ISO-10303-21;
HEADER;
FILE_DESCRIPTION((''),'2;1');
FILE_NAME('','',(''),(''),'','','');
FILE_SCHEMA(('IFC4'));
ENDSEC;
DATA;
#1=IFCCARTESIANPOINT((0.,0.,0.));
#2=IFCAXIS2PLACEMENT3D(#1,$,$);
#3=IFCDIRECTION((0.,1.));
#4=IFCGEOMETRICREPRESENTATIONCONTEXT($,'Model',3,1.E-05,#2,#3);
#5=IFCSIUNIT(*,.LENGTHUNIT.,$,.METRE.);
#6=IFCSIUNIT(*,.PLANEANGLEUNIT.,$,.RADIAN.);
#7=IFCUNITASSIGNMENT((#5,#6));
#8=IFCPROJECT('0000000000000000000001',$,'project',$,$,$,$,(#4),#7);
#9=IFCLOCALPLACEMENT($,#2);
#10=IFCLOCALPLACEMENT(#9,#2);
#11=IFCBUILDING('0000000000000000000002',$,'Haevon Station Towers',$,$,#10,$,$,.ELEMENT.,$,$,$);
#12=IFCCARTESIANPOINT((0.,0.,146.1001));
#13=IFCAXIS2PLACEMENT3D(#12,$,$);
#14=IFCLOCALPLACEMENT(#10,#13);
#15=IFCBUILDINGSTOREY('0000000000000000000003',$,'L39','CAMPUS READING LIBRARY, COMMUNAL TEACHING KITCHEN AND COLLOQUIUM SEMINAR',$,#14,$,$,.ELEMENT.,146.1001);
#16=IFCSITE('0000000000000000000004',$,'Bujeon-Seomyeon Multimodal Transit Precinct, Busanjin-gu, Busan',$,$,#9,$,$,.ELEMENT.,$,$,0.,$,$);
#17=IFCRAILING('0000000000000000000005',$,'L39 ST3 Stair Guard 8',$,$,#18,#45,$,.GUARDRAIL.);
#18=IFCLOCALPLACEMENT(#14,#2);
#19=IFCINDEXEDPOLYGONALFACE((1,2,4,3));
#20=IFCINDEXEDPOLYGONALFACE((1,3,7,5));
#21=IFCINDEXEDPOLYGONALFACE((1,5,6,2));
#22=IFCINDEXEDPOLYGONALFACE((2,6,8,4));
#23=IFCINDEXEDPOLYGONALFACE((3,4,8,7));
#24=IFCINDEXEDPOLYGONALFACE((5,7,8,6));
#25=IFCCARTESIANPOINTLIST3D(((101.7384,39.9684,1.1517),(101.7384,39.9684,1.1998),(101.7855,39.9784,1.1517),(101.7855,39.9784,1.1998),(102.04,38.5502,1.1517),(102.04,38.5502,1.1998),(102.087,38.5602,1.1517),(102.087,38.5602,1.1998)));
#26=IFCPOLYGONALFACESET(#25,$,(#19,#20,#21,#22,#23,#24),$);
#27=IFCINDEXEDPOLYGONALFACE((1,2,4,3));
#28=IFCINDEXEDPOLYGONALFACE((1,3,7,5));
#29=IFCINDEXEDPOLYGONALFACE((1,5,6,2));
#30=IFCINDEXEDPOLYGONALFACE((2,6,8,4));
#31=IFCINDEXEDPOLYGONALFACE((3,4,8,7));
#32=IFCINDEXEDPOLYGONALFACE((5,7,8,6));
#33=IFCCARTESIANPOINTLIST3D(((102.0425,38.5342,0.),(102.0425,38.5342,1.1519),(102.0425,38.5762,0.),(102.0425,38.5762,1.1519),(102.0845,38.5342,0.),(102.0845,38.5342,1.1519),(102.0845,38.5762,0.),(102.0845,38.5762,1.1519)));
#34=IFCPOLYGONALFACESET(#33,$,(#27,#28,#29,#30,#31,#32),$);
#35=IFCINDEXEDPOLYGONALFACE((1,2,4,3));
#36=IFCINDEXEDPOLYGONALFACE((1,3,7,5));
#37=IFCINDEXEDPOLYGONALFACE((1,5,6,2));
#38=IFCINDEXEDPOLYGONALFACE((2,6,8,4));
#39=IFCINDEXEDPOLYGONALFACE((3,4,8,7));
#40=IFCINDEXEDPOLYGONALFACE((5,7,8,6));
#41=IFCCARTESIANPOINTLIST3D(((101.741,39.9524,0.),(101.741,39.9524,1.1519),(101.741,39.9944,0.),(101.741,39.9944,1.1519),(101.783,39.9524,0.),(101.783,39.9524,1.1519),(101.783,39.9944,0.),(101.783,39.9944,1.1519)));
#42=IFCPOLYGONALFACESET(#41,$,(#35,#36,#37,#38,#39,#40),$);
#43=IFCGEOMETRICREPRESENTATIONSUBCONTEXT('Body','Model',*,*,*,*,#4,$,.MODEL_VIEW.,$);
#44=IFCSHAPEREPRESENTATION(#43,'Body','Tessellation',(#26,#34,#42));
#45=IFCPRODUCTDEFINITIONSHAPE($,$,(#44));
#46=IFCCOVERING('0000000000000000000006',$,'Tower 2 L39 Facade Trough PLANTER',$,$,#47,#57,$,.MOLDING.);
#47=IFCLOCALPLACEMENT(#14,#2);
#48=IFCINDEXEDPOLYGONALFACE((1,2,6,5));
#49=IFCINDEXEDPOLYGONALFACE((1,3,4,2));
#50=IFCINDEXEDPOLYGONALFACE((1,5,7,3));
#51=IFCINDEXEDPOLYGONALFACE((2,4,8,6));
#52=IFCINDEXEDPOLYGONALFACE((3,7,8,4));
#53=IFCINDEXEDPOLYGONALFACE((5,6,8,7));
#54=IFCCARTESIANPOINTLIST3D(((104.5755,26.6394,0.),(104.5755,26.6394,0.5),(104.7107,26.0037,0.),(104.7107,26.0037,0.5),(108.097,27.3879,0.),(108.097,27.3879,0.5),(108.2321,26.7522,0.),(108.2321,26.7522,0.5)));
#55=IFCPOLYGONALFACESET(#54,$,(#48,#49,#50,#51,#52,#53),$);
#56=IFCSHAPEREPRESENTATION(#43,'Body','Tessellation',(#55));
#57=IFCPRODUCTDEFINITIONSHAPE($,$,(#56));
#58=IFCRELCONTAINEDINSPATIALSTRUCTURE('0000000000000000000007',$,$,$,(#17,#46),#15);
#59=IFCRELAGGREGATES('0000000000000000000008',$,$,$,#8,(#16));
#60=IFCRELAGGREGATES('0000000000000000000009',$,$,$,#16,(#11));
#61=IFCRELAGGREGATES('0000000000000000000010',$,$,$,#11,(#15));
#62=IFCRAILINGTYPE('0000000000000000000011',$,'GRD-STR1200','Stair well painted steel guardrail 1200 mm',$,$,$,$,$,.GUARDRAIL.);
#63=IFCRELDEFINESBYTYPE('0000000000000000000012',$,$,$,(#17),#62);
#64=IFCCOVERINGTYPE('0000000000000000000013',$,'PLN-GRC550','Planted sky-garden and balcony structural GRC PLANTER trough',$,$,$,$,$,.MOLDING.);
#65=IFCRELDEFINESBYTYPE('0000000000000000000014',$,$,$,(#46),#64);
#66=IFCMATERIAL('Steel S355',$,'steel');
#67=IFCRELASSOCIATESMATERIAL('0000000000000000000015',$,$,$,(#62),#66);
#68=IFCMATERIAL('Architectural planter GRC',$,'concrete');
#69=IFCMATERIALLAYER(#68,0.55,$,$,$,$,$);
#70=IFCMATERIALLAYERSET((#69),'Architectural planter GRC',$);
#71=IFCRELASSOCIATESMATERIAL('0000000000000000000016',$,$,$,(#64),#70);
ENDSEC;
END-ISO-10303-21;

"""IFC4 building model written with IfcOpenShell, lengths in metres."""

from ifc_helpers import new_model, si_unit, direction, frame, origin, origin_2d, place, context, subcontext, project, spatial, rectangle, extrude, material, layer, layer_set, type_object, element, save


model = new_model("IFC4")

# Units and contexts
model_context = context("Model", 3, precision=1e-05, world=origin(), true_north=direction((0.0, 1.0)))
body_context = subcontext(model_context, "Body", "Model", "MODEL_VIEW")
ifc_project = project(units=[si_unit("LENGTHUNIT", "METRE"), si_unit("PLANEANGLEUNIT", "RADIAN")], contexts=[model_context])

# Site, building, storey
site_placement = place(None, origin())
site = spatial("IfcSite", under=ifc_project, at=site_placement, Name="Bujeon-Seomyeon Multimodal Transit Precinct, Busanjin-gu, Busan", CompositionType="ELEMENT", RefElevation=0.0)
building_placement = place(site_placement, origin())
building = spatial("IfcBuilding", under=site, at=building_placement, Name="Haevon Station Towers", CompositionType="ELEMENT")
storey_placement = place(building_placement, frame((0.0, 0.0, 146.1001)))
storey = spatial("IfcBuildingStorey", under=building, at=storey_placement, Name="L39", Description="CAMPUS READING LIBRARY, COMMUNAL TEACHING KITCHEN AND COLLOQUIUM SEMINAR", CompositionType="ELEMENT", Elevation=146.1001)

# Shared definitions
ifc_material_1 = material(Name="Steel S355", Category="steel")

# Railing
railing_type_1 = type_object("IfcRailingType", Name="GRD-STR1200", Description="Stair well painted steel guardrail 1200 mm", PredefinedType="GUARDRAIL", material=ifc_material_1)
railing_1_placement = place(storey_placement, frame((102.0635, 38.5552, 0.0)))
element("IfcRailing", 1, at=railing_1_placement, inside=storey, type_object=railing_type_1, Name="L39 ST3 Stair Guard 8", PredefinedType="GUARDRAIL", context=body_context, shape_type="SweptSolid", body=[
    extrude(rectangle(XDim=0.0481, YDim=0.0481, at=origin_2d()), frame((0.0, 0.0, 1.1758), z_axis=(-0.207953, 0.978139, 0.0), x_axis=(-0.978139, -0.207953, 0.0)), (0.0, 0.0, 1.0), 1.45),
    extrude(rectangle(XDim=0.042, YDim=0.042, at=origin_2d()), origin(), (0.0, 0.0, 1.0), 1.1519),
    extrude(rectangle(XDim=0.042, YDim=0.042, at=origin_2d()), frame((-0.3015, 1.4182, 0.0)), (0.0, 0.0, 1.0), 1.1519),
])

# Covering
ifc_material_2 = material(Name="Architectural planter GRC", Category="concrete")
ifc_layer_1 = layer(ifc_material_2, 0.55)
ifc_layer_set_1 = layer_set([ifc_layer_1], Name="Architectural planter GRC")
covering_type = type_object("IfcCoveringType", Name="PLN-GRC550", Description="Planted sky-garden and balcony structural GRC PLANTER trough", PredefinedType="MOLDING", material=ifc_layer_set_1)
covering_placement = place(storey_placement, frame((106.4038, 26.6958, 0.0), z_axis=(0.0, 0.0, 1.0), x_axis=(0.978148, 0.207912, 0.0)))
element("IfcCovering", 2, at=covering_placement, inside=storey, type_object=covering_type, Name="Tower 2 L39 Facade Trough PLANTER", PredefinedType="MOLDING", context=body_context, shape_type="SweptSolid", body=[
    extrude(rectangle(XDim=3.6001, YDim=0.6499, at=origin_2d()), origin(), (0.0, 0.0, 1.0), 0.5),
])

save(model, "model.ifc")
